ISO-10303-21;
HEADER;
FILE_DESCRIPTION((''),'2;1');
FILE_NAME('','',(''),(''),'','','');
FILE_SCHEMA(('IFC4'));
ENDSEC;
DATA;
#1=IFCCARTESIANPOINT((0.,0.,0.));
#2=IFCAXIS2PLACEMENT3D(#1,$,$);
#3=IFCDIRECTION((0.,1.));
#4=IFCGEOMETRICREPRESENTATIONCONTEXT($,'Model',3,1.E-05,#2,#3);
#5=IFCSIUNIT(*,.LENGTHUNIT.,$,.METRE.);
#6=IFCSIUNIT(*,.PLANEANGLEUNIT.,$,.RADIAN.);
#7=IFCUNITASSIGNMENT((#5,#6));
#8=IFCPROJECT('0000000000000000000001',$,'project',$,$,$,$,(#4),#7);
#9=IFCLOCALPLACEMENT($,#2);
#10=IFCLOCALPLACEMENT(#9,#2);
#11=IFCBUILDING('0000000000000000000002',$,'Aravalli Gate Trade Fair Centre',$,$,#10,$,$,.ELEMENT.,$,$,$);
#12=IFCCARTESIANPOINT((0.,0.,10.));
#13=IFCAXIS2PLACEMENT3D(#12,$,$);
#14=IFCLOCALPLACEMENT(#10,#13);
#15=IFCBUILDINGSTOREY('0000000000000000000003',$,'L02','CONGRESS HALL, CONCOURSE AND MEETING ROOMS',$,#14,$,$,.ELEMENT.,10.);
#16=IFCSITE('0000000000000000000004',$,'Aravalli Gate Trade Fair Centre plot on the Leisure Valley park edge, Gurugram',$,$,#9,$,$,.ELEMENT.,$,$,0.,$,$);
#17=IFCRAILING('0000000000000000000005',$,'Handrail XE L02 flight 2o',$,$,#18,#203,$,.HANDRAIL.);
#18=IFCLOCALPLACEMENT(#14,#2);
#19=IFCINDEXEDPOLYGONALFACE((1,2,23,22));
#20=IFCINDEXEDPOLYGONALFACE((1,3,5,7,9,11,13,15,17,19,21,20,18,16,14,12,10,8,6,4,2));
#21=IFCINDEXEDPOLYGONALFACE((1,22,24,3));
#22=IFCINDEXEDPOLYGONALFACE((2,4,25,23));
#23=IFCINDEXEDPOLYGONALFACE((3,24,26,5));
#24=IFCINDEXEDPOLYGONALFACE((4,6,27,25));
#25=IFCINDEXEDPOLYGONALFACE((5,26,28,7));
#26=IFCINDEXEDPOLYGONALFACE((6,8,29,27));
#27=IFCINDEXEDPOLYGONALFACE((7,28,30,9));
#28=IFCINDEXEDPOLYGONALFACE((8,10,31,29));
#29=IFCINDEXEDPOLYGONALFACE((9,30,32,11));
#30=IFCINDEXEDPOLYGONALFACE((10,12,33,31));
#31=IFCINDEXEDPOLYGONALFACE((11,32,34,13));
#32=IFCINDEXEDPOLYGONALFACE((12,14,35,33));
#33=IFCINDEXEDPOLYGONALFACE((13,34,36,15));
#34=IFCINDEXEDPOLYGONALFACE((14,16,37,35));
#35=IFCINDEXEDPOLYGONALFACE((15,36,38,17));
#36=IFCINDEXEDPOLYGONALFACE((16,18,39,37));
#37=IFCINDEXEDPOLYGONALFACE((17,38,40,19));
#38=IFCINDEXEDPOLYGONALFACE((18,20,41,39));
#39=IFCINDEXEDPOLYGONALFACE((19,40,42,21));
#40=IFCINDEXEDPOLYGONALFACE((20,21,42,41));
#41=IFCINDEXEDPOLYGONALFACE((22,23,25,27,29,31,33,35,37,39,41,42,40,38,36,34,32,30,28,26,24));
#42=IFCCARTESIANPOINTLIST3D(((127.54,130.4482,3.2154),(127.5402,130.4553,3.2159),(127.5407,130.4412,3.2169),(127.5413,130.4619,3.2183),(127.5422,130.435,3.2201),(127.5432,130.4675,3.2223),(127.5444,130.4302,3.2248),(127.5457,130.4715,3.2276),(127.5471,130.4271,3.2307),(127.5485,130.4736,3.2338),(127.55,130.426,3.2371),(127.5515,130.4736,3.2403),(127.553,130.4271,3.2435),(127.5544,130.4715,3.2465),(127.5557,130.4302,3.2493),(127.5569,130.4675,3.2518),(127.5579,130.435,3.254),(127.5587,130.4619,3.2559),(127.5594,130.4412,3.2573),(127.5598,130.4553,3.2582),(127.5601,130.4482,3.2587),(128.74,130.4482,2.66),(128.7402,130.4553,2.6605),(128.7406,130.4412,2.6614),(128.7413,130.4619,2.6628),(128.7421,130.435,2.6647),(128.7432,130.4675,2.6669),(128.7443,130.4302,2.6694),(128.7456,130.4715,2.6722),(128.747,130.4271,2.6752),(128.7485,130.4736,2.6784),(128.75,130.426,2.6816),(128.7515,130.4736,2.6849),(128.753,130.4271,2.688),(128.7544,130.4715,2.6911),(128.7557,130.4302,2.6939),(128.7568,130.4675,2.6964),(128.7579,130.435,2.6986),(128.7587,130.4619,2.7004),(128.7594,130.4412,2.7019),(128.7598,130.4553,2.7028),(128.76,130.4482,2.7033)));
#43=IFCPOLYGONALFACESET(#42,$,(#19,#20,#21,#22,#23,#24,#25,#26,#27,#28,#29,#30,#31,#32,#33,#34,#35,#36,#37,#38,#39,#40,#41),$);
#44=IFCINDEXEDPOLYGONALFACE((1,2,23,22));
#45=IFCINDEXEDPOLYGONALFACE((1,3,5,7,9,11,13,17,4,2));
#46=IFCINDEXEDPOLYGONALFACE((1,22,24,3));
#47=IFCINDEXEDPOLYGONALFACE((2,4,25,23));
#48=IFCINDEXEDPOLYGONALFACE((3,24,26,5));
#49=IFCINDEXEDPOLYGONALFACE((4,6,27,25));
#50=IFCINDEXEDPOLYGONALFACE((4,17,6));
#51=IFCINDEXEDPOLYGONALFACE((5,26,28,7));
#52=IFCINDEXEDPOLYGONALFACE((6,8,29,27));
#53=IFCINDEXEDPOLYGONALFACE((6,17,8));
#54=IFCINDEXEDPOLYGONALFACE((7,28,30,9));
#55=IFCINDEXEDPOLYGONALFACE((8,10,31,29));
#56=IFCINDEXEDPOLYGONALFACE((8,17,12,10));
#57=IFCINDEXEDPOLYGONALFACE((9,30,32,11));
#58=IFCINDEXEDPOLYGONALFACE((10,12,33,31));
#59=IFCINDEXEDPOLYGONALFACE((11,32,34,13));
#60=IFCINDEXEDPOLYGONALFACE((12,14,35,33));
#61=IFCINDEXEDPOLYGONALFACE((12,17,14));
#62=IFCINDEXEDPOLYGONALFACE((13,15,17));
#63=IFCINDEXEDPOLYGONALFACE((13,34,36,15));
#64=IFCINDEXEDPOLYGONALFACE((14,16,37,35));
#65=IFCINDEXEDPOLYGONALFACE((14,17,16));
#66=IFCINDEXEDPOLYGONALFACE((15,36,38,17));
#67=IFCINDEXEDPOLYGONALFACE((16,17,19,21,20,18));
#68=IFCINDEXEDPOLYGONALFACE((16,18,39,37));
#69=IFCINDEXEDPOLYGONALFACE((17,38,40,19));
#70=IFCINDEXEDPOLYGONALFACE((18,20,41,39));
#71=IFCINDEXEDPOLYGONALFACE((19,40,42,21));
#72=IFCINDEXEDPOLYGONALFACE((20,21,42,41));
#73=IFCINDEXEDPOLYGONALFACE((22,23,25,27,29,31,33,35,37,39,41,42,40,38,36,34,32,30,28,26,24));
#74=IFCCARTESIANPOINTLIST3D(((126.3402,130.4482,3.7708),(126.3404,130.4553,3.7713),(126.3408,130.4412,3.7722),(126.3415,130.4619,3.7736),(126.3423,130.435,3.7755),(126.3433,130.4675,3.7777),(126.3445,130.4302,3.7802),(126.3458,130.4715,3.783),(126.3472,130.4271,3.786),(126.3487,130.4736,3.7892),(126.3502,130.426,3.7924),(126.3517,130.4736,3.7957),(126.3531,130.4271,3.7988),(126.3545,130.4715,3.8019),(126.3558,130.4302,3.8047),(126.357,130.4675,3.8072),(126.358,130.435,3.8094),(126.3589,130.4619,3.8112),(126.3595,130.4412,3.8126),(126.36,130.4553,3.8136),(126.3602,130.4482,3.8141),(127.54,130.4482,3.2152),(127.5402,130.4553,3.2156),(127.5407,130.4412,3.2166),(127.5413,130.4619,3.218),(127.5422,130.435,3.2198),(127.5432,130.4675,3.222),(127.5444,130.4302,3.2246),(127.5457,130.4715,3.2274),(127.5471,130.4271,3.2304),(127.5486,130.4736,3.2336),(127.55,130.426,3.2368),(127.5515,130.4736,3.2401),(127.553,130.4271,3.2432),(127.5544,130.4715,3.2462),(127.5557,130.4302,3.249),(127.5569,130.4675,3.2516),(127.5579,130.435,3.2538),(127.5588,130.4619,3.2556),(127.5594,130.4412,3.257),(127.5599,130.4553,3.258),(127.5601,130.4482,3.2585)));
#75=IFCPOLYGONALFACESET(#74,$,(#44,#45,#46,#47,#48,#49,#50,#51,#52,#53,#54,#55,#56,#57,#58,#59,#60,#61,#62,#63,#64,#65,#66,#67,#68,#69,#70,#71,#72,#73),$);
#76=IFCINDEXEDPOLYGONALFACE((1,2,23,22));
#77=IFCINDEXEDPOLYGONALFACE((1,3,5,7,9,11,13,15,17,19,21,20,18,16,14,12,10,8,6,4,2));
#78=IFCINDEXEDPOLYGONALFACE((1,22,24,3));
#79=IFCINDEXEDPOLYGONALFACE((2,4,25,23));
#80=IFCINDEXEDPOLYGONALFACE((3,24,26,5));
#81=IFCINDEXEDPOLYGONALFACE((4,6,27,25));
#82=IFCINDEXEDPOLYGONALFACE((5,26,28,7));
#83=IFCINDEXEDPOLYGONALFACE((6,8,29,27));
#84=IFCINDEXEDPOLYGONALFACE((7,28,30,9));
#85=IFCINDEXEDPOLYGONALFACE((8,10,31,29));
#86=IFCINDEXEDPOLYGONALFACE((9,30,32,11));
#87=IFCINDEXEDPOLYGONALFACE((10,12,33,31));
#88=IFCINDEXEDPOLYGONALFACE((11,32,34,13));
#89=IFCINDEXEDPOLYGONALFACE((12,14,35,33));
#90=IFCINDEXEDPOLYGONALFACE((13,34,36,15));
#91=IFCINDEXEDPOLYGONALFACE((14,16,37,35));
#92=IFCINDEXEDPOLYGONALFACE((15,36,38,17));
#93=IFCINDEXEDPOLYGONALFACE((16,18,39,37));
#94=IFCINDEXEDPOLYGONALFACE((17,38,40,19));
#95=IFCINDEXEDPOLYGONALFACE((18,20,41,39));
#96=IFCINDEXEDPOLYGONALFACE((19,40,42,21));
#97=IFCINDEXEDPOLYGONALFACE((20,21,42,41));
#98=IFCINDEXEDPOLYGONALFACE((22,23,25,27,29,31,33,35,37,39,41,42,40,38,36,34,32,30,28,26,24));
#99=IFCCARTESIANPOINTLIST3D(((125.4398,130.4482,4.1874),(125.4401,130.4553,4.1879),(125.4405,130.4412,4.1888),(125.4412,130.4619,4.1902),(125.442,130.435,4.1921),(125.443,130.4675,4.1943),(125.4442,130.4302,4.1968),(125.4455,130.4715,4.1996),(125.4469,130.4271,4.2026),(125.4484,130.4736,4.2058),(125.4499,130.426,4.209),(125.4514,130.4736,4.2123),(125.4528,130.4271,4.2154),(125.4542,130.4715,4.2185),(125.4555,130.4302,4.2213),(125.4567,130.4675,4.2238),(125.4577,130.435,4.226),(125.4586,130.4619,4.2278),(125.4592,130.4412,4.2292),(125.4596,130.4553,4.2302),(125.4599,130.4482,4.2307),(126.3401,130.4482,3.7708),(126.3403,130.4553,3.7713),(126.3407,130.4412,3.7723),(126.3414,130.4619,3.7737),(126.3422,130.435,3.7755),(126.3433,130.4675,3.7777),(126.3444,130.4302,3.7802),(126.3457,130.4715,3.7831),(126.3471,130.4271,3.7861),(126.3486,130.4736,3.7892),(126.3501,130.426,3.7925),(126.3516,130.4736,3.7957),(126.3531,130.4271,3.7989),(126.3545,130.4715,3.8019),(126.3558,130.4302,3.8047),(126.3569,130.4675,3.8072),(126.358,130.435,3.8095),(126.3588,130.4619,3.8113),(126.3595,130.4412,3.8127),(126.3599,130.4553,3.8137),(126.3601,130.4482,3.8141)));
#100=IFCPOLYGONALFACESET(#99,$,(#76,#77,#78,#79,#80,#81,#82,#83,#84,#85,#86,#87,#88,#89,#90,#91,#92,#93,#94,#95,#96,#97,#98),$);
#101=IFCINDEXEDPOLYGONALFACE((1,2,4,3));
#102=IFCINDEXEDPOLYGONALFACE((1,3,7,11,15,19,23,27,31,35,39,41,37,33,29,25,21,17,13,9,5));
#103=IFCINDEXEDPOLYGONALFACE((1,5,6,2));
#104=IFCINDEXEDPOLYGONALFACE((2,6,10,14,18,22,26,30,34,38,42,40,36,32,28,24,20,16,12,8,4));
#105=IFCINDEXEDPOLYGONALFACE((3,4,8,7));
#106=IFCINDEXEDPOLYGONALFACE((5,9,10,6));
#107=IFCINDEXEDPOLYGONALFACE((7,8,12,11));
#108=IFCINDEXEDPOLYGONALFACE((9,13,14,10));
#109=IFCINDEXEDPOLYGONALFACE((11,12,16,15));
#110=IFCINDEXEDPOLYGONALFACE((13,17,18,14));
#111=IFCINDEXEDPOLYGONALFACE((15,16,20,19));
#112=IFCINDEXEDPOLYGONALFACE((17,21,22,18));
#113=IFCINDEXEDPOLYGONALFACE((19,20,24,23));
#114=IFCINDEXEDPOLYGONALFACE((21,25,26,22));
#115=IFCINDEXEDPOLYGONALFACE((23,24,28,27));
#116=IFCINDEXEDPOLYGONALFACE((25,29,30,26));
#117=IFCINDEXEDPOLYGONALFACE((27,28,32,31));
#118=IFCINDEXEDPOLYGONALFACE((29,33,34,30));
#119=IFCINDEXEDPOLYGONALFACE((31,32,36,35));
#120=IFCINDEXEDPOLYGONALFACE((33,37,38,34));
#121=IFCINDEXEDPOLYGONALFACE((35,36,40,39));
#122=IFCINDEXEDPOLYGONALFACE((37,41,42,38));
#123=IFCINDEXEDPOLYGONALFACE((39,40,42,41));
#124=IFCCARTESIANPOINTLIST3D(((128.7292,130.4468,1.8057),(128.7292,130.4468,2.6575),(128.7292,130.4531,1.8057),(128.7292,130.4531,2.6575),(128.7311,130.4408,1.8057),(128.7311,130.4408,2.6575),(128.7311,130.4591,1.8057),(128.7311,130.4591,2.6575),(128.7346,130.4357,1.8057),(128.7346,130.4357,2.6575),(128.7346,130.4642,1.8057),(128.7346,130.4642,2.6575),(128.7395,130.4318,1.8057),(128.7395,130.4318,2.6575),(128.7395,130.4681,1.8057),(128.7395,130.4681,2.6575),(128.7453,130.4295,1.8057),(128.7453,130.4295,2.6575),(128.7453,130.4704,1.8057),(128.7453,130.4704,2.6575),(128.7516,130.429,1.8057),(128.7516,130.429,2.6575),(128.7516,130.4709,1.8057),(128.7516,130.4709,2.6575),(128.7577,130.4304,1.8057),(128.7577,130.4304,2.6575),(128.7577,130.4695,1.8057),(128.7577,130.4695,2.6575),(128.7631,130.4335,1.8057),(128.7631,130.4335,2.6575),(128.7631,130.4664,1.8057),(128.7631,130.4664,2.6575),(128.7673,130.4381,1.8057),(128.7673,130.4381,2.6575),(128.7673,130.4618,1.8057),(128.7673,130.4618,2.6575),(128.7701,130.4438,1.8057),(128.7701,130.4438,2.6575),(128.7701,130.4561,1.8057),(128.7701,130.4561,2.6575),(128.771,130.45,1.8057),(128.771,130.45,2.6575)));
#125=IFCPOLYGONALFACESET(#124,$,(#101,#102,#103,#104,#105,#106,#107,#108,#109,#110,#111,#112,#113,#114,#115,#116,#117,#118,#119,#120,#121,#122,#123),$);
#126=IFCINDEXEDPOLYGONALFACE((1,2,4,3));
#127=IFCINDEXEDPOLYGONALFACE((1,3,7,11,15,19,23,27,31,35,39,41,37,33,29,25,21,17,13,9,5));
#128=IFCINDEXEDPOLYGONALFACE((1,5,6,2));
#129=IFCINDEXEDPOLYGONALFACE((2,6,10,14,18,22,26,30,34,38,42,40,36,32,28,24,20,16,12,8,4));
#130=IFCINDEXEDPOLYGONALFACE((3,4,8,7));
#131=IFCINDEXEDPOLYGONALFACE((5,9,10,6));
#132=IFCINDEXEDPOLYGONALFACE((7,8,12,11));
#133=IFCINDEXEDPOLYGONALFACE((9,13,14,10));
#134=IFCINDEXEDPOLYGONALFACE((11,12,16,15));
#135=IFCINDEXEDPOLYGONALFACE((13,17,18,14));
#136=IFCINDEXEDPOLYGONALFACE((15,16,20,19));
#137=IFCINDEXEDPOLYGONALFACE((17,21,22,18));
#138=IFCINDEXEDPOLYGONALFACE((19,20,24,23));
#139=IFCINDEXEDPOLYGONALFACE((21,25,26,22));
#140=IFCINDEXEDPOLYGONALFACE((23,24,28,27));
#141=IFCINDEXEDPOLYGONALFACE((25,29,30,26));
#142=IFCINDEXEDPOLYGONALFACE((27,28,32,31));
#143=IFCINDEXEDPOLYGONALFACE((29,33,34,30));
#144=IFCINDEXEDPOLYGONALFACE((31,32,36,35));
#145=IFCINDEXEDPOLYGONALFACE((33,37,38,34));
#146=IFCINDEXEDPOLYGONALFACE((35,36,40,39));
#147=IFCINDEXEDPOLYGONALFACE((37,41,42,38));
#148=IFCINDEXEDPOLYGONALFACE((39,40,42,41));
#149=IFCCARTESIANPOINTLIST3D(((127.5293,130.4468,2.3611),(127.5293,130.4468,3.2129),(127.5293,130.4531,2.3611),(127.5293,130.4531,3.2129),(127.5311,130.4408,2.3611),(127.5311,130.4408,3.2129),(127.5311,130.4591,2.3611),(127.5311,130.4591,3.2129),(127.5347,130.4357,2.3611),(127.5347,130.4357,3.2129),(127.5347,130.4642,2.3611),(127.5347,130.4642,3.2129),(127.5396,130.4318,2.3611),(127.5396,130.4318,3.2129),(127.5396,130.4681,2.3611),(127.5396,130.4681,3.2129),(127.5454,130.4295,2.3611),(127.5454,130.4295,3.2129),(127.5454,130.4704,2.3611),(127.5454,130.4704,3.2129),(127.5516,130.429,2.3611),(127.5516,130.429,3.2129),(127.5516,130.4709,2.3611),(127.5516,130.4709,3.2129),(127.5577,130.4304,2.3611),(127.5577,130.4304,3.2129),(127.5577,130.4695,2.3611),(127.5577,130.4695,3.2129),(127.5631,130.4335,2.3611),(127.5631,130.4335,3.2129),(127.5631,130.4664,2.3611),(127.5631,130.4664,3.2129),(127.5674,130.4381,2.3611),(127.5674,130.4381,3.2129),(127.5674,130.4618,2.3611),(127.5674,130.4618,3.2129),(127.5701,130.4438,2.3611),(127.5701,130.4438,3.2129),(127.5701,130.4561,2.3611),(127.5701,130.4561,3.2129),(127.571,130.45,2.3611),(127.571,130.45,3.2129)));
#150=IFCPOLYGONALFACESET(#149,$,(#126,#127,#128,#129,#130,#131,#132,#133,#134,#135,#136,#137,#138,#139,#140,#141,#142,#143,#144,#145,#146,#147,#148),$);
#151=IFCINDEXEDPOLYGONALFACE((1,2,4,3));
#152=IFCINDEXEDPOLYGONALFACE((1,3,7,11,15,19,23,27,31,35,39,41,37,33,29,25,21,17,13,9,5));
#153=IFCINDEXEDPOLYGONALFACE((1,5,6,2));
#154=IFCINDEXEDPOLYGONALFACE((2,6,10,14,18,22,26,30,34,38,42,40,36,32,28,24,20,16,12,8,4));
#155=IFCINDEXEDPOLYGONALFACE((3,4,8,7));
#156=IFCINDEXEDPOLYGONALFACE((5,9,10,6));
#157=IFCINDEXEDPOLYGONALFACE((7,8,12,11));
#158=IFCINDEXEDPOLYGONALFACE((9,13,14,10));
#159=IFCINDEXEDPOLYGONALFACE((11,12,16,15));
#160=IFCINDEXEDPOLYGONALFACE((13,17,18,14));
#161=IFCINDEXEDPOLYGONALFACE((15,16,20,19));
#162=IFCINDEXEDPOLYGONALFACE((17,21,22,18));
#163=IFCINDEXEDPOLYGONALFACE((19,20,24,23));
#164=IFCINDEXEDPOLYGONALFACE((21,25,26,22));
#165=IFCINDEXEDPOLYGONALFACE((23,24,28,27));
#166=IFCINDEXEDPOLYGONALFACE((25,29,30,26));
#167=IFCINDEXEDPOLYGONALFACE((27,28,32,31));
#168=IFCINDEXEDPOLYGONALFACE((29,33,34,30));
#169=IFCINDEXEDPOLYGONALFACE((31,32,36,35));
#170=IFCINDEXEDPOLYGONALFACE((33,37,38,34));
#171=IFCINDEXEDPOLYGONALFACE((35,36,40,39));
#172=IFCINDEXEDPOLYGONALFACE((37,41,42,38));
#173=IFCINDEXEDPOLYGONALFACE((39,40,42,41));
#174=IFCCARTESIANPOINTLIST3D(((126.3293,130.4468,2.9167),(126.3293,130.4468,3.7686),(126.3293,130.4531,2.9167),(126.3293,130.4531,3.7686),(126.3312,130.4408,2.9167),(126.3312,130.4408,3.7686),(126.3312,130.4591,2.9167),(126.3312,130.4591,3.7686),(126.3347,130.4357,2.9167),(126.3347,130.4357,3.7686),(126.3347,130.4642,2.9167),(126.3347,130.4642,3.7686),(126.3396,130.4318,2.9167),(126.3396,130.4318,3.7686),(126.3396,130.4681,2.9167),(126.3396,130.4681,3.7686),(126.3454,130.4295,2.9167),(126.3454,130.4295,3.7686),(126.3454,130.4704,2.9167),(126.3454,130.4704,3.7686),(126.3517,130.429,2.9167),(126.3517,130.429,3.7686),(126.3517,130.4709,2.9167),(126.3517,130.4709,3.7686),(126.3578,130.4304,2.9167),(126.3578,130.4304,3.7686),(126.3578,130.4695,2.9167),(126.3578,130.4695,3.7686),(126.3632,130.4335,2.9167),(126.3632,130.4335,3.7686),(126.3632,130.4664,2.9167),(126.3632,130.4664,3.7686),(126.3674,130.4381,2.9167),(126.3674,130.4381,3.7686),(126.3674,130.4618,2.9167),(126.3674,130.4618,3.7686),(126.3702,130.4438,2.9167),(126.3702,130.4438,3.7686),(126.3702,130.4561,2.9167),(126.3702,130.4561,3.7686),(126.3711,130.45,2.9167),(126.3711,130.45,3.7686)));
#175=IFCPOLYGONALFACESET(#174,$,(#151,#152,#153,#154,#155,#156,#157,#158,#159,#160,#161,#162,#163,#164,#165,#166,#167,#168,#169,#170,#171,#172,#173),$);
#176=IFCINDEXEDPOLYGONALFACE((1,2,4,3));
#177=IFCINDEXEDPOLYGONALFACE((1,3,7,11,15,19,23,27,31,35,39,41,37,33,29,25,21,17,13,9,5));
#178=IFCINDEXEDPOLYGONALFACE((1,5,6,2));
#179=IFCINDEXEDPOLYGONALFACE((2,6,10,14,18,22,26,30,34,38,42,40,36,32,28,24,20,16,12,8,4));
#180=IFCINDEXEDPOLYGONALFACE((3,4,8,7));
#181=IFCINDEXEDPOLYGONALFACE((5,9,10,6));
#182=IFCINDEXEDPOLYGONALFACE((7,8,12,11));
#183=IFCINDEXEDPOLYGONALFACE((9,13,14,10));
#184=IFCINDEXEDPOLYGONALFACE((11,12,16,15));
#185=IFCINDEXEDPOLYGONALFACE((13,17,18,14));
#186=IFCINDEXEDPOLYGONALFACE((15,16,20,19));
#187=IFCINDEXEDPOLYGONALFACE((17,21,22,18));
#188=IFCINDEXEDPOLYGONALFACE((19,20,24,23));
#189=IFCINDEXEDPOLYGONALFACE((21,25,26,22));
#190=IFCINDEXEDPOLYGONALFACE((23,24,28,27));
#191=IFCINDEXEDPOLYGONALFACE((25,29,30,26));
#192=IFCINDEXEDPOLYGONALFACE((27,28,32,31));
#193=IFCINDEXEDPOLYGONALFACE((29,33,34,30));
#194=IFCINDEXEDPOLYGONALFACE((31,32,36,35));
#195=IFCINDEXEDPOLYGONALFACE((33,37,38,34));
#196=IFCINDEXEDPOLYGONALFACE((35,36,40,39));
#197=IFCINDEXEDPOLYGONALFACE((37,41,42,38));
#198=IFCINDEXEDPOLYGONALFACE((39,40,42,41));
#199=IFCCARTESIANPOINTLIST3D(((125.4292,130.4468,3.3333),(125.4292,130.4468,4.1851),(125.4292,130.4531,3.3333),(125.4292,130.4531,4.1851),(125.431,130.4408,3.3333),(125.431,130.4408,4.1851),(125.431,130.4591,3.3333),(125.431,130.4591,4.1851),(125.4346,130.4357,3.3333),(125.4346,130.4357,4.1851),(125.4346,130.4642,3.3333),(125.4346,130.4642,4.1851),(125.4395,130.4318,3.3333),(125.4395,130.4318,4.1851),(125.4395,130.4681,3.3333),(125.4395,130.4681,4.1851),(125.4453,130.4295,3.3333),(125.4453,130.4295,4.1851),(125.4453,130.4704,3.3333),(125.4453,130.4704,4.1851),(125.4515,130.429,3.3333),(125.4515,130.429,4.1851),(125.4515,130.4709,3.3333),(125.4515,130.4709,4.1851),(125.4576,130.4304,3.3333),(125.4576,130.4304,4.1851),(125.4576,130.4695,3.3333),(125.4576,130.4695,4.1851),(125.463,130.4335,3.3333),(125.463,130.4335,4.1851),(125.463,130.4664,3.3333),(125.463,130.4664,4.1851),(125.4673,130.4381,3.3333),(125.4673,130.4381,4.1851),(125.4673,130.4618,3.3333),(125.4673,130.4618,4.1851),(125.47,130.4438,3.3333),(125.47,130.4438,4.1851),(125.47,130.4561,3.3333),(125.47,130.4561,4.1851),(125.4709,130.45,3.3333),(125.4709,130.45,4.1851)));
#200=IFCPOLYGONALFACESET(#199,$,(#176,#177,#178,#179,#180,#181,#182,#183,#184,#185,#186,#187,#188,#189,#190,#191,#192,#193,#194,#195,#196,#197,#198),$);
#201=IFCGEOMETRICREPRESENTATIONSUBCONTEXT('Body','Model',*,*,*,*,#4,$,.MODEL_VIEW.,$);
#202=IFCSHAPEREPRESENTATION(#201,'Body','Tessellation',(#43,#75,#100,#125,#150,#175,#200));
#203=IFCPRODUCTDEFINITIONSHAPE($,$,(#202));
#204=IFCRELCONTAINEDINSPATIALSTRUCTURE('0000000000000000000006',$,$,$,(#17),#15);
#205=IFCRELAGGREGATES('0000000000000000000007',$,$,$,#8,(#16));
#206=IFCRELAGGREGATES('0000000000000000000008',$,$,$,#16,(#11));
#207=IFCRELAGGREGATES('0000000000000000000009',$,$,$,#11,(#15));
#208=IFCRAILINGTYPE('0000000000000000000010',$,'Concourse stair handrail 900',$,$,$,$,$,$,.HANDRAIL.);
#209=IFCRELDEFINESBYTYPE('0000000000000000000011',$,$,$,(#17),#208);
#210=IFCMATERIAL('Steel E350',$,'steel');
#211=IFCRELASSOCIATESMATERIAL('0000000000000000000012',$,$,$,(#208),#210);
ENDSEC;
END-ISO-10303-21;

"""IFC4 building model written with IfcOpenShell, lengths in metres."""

from ifc_helpers import new_model, si_unit, direction, frame, origin, origin_2d, place, context, subcontext, project, spatial, circle, extrude, material, type_object, element, save


model = new_model("IFC4")

# Units and contexts
model_context = context("Model", 3, precision=1e-05, world=origin(), true_north=direction((0.0, 1.0)))
body_context = subcontext(model_context, "Body", "Model", "MODEL_VIEW")
ifc_project = project(units=[si_unit("LENGTHUNIT", "METRE"), si_unit("PLANEANGLEUNIT", "RADIAN")], contexts=[model_context])

# Site, building, storey
site_placement = place(None, origin())
site = spatial("IfcSite", under=ifc_project, at=site_placement, Name="Aravalli Gate Trade Fair Centre plot on the Leisure Valley park edge, Gurugram", CompositionType="ELEMENT", RefElevation=0.0)
building_placement = place(site_placement, origin())
building = spatial("IfcBuilding", under=site, at=building_placement, Name="Aravalli Gate Trade Fair Centre", CompositionType="ELEMENT")
storey_placement = place(building_placement, frame((0.0, 0.0, 10.0)))
storey = spatial("IfcBuildingStorey", under=building, at=storey_placement, Name="L02", Description="CONGRESS HALL, CONCOURSE AND MEETING ROOMS", CompositionType="ELEMENT", Elevation=10.0)

# Shared definitions
ifc_material_1 = material(Name="Steel E350", Category="steel")

# Railing
railing_type_1 = type_object("IfcRailingType", Name="Concourse stair handrail 900", PredefinedType="HANDRAIL", material=ifc_material_1)
for number, where, name in (
    (1, (128.75, 130.45, 1.8057), "Handrail XE L02 flight 2o"),
):
    element("IfcRailing", number, at=place(storey_placement, frame(where)), inside=storey, type_object=railing_type_1, Name=name, PredefinedType="HANDRAIL", context=body_context, shape_type="SweptSolid", body=[
        extrude(circle(Radius=0.0239, at=origin_2d()), frame((0.0, 0.0, 0.876), z_axis=(-0.907499, 0.0, 0.420053), x_axis=(0.0, -1.0, 0.0)), (0.0, 0.0, 1.0), 1.3223),
        extrude(circle(Radius=0.0239, at=origin_2d()), frame((-1.2, 0.0, 1.4312), z_axis=(-0.907429, 0.0, 0.420205), x_axis=(0.0, -1.0, 0.0)), (0.0, 0.0, 1.0), 1.3223),
        extrude(circle(Radius=0.0239, at=origin_2d()), frame((-2.3999, 0.0, 1.9868), z_axis=(-0.907556, 0.0, 0.419932), x_axis=(0.0, -1.0, 0.0)), (0.0, 0.0, 1.0), 0.9919),
        extrude(circle(Radius=0.021, at=origin_2d()), origin(), (0.0, 0.0, 1.0), 0.8518),
        extrude(circle(Radius=0.021, at=origin_2d()), frame((-1.2, 0.0, 0.5554)), (0.0, 0.0, 1.0), 0.8518),
        extrude(circle(Radius=0.021, at=origin_2d()), frame((-2.3999, 0.0, 1.1111)), (0.0, 0.0, 1.0), 0.8518),
        extrude(circle(Radius=0.021, at=origin_2d()), frame((-3.3, 0.0, 1.5276)), (0.0, 0.0, 1.0), 0.8518),
    ])

save(model, "model.ifc")
